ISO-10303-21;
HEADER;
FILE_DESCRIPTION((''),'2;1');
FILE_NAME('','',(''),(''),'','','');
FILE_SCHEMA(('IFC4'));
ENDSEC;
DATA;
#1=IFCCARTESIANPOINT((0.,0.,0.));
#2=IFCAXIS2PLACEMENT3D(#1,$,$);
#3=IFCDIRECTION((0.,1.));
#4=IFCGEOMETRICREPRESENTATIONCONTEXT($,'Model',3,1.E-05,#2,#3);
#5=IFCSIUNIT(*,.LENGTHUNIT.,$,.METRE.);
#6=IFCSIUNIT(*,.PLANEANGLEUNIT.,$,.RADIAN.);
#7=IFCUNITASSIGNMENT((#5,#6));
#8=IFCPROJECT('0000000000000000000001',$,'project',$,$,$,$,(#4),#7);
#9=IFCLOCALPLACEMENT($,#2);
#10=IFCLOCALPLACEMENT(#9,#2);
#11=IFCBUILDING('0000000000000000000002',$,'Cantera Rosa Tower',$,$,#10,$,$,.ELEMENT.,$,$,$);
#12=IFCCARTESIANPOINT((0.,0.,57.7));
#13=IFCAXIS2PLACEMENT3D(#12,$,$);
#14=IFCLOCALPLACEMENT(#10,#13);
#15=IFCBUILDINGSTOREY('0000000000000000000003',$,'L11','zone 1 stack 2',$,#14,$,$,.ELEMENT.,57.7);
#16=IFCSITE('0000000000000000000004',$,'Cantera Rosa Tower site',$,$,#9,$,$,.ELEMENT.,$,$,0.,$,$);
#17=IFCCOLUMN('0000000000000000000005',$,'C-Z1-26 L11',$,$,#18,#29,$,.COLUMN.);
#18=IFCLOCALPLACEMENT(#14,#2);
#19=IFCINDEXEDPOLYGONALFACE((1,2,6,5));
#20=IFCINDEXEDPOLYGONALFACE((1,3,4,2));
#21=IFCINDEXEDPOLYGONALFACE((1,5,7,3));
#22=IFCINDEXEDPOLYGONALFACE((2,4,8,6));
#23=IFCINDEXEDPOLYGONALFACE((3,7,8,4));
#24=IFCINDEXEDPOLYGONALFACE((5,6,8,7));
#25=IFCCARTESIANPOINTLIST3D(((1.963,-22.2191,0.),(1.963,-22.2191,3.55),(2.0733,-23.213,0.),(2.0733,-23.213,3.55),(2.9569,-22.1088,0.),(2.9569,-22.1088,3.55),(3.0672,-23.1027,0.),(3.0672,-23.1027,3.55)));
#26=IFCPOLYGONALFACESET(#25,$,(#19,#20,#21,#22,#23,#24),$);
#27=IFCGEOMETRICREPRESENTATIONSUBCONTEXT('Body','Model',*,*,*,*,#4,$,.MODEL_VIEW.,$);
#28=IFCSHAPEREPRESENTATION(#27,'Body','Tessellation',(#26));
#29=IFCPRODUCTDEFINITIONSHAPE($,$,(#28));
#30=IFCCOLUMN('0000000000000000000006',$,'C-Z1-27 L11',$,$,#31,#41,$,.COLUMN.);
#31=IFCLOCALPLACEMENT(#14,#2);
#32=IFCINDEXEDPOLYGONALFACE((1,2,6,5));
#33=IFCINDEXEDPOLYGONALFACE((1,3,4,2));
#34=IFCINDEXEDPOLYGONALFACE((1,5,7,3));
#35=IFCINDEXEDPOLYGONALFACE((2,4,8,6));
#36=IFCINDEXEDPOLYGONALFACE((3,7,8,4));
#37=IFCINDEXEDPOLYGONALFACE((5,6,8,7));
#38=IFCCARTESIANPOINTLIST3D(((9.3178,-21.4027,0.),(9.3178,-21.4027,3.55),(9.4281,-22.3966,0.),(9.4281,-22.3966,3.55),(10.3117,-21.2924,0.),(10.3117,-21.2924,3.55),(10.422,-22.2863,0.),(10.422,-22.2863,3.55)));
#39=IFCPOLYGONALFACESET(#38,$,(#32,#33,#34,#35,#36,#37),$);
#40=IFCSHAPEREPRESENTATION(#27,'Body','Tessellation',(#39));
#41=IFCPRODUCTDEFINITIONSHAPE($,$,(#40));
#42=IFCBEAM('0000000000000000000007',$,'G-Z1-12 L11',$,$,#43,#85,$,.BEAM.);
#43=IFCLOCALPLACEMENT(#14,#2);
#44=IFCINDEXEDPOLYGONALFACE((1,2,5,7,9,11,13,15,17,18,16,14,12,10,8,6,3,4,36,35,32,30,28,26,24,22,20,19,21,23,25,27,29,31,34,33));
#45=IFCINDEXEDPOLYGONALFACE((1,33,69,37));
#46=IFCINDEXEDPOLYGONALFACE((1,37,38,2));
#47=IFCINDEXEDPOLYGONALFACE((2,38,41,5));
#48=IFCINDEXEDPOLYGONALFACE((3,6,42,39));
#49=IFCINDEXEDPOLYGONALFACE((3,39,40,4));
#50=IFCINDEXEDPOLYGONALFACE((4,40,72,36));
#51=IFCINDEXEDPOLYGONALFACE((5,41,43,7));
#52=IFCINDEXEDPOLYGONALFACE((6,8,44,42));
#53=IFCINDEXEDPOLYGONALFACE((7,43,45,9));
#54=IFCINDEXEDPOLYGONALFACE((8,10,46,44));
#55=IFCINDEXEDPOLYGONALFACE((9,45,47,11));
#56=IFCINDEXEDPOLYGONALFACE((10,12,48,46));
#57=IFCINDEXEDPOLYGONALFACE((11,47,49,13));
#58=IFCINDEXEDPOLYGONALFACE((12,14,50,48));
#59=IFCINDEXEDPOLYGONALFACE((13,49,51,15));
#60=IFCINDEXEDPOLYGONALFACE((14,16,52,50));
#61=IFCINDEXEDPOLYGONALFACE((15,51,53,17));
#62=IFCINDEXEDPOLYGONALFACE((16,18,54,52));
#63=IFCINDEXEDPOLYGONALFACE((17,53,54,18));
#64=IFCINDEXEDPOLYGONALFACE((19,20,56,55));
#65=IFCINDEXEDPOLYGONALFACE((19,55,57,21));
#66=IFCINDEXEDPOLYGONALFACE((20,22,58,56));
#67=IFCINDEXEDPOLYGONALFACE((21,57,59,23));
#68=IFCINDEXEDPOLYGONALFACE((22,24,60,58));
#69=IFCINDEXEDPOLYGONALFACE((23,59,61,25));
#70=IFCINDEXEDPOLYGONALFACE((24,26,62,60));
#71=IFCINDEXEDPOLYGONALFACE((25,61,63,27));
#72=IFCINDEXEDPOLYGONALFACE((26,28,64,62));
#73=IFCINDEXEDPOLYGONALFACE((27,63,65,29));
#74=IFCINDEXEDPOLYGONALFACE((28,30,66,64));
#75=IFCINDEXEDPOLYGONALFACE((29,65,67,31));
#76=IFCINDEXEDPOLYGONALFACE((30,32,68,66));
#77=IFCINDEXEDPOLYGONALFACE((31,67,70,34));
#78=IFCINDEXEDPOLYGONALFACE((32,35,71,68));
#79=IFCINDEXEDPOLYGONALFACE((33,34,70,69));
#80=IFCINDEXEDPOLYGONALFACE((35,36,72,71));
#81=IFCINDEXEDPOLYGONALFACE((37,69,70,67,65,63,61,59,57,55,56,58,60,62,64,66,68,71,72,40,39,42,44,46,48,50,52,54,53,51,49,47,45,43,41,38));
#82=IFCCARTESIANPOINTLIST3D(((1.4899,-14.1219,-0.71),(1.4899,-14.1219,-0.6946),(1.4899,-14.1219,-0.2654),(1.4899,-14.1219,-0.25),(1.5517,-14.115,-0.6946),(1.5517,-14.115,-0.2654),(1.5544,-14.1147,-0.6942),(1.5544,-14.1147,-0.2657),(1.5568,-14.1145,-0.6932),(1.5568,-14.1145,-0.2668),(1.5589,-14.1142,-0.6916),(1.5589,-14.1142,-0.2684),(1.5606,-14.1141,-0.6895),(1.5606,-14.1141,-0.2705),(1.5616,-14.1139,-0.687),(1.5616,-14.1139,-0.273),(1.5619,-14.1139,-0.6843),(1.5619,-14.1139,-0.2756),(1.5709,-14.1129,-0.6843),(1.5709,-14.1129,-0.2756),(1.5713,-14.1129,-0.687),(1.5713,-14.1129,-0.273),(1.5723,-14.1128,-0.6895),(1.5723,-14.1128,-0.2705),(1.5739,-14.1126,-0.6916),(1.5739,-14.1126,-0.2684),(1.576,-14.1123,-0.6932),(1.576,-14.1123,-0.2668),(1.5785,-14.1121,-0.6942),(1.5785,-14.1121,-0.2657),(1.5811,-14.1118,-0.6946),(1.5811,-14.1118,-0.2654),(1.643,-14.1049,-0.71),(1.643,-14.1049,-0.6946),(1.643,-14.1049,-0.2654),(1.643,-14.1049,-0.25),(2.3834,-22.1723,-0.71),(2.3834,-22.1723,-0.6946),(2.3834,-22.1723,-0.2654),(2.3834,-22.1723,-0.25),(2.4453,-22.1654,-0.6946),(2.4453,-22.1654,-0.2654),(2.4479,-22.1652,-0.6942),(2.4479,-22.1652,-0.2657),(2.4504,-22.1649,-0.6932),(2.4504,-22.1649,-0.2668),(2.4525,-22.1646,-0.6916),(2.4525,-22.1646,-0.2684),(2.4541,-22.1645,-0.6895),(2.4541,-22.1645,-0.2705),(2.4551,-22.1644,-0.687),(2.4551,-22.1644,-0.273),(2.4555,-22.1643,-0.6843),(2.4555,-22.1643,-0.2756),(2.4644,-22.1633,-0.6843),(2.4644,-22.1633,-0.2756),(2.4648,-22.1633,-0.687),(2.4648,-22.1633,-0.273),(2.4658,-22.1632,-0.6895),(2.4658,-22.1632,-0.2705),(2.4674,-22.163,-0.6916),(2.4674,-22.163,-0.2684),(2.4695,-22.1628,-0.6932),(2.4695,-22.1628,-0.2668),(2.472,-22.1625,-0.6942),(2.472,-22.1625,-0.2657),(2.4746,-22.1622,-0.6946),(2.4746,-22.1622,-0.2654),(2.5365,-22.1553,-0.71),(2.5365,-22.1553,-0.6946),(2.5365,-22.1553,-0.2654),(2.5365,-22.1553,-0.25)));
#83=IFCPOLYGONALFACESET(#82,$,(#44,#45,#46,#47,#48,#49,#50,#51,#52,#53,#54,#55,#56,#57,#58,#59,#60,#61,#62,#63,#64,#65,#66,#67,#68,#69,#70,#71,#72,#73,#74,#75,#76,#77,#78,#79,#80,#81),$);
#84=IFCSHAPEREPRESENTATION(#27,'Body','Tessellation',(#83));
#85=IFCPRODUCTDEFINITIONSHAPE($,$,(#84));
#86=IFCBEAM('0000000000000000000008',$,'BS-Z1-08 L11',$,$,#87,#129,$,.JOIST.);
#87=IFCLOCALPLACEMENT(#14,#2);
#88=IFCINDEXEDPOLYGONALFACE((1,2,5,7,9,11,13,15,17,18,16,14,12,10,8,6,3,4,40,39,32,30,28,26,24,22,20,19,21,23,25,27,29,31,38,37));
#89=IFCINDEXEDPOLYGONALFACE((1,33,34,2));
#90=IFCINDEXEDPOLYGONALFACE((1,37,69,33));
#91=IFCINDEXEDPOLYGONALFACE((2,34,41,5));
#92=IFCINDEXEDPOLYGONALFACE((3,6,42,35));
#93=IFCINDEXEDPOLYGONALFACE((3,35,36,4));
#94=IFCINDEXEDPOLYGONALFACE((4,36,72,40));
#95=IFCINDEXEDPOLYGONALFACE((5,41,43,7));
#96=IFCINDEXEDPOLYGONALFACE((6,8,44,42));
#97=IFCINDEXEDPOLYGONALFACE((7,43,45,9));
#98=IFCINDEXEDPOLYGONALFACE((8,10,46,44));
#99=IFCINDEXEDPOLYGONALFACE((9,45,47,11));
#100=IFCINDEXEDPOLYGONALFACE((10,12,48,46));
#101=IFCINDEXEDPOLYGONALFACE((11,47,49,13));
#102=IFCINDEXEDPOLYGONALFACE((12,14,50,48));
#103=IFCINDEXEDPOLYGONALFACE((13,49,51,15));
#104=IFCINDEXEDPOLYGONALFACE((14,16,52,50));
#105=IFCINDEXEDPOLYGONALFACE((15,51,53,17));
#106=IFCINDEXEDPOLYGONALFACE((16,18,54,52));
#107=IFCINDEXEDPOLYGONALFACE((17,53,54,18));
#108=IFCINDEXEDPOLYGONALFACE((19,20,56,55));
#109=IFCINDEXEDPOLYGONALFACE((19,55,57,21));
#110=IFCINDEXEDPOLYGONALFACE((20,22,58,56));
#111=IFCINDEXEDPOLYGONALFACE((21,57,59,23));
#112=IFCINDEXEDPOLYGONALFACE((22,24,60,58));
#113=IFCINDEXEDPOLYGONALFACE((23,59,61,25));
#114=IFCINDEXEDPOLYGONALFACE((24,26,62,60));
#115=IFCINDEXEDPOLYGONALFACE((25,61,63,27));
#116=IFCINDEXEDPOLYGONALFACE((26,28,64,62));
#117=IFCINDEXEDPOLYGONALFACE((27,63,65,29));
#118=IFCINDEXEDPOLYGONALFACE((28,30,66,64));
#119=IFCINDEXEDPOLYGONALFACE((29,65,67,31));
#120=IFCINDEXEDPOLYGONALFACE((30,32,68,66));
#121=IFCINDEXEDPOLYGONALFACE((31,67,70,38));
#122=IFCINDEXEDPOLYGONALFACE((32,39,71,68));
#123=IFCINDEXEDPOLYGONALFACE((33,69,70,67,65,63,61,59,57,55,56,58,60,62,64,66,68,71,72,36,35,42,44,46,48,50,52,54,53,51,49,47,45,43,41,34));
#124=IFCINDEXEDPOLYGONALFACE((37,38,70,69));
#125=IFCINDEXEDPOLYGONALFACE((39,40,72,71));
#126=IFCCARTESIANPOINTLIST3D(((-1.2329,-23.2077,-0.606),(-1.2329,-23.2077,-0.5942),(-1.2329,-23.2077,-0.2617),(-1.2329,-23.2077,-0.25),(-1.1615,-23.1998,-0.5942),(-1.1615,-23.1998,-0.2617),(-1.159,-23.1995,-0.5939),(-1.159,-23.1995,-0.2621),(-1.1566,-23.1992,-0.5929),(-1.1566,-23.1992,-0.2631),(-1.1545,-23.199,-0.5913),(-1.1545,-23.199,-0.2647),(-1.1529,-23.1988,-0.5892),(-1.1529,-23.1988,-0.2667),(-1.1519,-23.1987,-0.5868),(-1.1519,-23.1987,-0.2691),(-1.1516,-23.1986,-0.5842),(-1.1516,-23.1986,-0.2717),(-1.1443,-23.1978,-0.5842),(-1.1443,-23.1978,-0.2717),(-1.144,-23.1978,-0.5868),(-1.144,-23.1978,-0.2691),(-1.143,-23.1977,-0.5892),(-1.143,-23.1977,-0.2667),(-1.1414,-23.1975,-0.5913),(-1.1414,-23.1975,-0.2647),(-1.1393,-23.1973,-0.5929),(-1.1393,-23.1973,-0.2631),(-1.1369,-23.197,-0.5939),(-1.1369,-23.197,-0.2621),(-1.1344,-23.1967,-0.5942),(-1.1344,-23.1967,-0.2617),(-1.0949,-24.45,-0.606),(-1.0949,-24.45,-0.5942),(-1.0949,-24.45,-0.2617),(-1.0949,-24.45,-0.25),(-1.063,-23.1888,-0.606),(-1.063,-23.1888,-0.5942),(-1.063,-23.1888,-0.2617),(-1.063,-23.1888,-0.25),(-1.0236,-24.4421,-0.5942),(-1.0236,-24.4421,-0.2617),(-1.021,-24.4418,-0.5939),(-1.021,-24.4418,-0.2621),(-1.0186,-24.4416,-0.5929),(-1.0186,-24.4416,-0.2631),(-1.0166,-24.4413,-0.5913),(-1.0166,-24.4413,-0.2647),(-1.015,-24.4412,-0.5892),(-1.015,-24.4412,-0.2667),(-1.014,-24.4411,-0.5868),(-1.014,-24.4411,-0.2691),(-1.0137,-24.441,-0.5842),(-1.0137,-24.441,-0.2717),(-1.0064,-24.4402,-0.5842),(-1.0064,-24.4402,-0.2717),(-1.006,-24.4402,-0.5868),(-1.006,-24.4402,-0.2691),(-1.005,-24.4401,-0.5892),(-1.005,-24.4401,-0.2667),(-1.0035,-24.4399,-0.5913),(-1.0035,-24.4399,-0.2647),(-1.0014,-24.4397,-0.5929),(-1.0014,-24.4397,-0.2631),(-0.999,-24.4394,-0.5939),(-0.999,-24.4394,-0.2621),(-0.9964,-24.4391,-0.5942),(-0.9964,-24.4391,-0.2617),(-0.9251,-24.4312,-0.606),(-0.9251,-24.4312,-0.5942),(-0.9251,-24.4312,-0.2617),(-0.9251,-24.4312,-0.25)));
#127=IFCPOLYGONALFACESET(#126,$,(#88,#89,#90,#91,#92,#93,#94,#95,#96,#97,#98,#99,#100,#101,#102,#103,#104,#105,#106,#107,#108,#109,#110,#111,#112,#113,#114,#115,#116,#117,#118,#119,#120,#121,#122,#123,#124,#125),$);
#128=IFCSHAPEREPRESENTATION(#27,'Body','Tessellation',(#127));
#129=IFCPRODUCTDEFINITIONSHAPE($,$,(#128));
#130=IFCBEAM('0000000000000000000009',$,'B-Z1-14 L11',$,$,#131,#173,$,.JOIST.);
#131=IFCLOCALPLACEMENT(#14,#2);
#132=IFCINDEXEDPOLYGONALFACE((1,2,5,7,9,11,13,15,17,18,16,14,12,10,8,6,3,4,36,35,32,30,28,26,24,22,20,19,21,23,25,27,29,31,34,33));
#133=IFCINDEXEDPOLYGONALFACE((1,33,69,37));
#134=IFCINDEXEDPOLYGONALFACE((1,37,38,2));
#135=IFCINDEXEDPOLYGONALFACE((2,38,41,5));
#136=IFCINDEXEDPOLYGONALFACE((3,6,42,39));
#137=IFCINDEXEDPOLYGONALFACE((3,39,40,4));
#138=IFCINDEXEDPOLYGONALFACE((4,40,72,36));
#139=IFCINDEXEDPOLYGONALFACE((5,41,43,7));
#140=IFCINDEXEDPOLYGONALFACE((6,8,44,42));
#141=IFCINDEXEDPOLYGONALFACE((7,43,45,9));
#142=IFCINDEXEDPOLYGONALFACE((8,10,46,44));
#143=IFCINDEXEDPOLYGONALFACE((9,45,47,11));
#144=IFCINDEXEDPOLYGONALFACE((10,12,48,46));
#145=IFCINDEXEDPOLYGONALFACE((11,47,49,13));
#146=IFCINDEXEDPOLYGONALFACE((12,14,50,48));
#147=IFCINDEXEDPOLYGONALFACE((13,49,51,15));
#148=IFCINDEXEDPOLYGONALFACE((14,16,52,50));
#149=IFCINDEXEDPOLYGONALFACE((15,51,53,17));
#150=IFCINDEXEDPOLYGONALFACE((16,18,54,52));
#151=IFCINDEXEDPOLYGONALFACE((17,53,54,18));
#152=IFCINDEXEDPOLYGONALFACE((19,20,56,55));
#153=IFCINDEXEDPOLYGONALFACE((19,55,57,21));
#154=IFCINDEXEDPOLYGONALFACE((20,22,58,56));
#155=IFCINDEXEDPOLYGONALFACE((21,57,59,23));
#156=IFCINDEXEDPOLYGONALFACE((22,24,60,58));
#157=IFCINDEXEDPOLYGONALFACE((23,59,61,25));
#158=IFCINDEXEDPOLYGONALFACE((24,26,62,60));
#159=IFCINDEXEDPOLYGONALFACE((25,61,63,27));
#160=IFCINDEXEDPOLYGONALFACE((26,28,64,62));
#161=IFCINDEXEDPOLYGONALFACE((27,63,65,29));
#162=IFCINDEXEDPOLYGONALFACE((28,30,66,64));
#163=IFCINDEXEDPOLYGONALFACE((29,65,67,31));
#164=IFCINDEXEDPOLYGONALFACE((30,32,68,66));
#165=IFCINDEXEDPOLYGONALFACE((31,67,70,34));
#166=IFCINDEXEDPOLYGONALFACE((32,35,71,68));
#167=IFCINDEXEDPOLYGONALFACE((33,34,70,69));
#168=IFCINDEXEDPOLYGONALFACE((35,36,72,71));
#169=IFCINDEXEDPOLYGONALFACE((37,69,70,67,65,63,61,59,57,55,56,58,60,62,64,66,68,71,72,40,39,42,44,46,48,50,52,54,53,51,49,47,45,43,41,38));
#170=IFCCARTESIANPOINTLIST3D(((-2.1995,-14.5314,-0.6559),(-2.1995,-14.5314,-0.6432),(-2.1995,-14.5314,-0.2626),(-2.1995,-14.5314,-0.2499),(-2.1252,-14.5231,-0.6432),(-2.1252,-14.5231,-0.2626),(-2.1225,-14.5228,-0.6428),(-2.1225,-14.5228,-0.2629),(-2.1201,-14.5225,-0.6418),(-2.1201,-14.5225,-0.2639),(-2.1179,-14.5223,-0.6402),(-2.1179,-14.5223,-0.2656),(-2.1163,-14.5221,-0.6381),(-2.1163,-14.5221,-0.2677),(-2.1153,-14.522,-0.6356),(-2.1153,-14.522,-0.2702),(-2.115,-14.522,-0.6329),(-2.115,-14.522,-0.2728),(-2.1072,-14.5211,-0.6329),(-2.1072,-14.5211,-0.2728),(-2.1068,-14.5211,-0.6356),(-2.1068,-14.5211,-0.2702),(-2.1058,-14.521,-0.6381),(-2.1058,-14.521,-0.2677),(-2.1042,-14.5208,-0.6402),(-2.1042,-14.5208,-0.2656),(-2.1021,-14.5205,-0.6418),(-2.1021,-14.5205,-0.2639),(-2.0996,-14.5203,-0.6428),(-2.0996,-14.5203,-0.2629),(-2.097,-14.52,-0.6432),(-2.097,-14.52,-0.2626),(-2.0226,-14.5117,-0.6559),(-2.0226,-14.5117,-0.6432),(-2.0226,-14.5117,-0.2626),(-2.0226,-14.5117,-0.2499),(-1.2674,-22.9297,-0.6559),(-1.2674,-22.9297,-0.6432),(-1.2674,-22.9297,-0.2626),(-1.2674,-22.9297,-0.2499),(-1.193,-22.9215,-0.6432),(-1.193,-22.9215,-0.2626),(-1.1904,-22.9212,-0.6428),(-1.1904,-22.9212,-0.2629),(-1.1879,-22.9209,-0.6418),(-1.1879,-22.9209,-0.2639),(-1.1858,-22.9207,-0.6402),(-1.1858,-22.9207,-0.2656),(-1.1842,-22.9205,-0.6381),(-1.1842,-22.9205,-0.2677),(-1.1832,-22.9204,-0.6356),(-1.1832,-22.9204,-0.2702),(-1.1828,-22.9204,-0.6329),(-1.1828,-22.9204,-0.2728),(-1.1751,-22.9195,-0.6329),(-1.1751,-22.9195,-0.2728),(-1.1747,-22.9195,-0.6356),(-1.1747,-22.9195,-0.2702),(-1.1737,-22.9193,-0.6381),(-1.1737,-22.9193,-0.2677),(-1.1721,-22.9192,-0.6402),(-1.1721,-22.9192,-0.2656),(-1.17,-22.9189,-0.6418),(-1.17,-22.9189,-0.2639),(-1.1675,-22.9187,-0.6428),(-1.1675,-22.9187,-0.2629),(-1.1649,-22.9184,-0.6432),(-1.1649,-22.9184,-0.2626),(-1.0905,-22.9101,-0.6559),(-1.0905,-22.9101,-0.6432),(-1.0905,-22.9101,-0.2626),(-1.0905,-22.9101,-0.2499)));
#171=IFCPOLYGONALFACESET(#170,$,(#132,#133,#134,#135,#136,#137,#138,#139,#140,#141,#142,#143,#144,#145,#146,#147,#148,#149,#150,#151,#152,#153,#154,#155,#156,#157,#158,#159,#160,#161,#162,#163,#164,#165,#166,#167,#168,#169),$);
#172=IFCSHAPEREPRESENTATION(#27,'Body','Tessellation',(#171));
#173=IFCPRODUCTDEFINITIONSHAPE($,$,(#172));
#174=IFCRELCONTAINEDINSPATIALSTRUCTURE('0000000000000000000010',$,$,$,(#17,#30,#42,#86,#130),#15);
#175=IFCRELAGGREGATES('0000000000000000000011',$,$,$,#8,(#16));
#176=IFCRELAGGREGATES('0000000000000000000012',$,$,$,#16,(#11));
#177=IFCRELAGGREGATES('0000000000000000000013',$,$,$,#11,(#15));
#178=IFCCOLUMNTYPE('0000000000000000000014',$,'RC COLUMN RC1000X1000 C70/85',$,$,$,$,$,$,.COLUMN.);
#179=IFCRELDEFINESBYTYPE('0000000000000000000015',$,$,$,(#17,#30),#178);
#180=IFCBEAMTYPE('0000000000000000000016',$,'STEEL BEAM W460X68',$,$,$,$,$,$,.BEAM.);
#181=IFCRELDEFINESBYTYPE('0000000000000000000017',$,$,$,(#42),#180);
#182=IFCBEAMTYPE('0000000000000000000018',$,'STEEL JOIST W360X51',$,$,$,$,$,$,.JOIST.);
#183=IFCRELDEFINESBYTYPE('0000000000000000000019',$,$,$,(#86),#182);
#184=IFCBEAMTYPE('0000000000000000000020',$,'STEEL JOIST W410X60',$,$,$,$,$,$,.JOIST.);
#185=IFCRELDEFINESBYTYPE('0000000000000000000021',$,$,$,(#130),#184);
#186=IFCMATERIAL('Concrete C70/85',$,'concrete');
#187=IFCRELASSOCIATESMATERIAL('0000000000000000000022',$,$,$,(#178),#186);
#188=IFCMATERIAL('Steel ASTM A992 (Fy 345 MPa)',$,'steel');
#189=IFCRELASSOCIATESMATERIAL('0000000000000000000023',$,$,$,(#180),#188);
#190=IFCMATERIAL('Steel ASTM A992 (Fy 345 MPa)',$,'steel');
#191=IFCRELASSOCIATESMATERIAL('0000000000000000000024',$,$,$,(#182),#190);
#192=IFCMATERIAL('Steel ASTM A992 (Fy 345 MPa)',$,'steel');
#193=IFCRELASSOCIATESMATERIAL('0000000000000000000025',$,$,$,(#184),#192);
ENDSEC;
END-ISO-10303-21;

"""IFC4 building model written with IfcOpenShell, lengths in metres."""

from ifc_helpers import new_model, si_unit, direction, frame, origin, origin_2d, place, context, subcontext, project, spatial, rectangle, i_section, extrude, material, material_profile, profile_set, type_object, element, save


model = new_model("IFC4")

# Units and contexts
model_context = context("Model", 3, precision=1e-05, world=origin(), true_north=direction((0.0, 1.0)))
body_context = subcontext(model_context, "Body", "Model", "MODEL_VIEW")
ifc_project = project(units=[si_unit("LENGTHUNIT", "METRE"), si_unit("PLANEANGLEUNIT", "RADIAN")], contexts=[model_context])

# Site, building, storey
site_placement = place(None, origin())
site = spatial("IfcSite", under=ifc_project, at=site_placement, Name="Cantera Rosa Tower site", CompositionType="ELEMENT", RefElevation=0.0)
building_placement = place(site_placement, origin())
building = spatial("IfcBuilding", under=site, at=building_placement, Name="Cantera Rosa Tower", CompositionType="ELEMENT")
storey_placement = place(building_placement, frame((0.0, 0.0, 57.7)))
storey = spatial("IfcBuildingStorey", under=building, at=storey_placement, Name="L11", Description="zone 1 stack 2", CompositionType="ELEMENT", Elevation=57.7)

# Columns
ifc_material_1 = material(Name="Concrete C70/85", Category="concrete")
ifc_material_profile_1 = material_profile(ifc_material_1, rectangle(XDim=1.0, YDim=1.0, at=origin_2d()), Name="RC COLUMN RC1000X1000 C70/85")
ifc_profile_set_1 = profile_set([ifc_material_profile_1], Name="Concrete C70/85")
column_type = type_object("IfcColumnType", Name="RC COLUMN RC1000X1000 C70/85", PredefinedType="COLUMN", material=ifc_profile_set_1)
for number, where, z_axis, x_axis, name in (
    (1, (2.5151, -22.6609, 0.0), (0.0, 0.0, 1.0), (0.993897, 0.110313, 0.0), "C-Z1-26 L11"),
    (2, (9.8699, -21.8445, 0.0), (0.0, 0.0, 1.0), (0.993897, 0.110313, 0.0), "C-Z1-27 L11"),
):
    element("IfcColumn", number, at=place(storey_placement, frame(where, z_axis=z_axis, x_axis=x_axis)), inside=storey, type_object=column_type, Name=name, PredefinedType="COLUMN", context=body_context, shape_type="SweptSolid", body=[
        extrude(rectangle(XDim=1.0, YDim=1.0, at=origin_2d()), origin(), (0.0, 0.0, 1.0), 3.55),
    ])

# Beams
ifc_material_2 = material(Name="Steel ASTM A992 (Fy 345 MPa)", Category="steel")
ifc_material_profile_2 = material_profile(ifc_material_2, i_section(OverallWidth=0.1541, OverallDepth=0.46, WebThickness=0.009, FlangeThickness=0.0154, FilletRadius=0.0103, at=origin_2d()), Name="W460X68")
ifc_profile_set_2 = profile_set([ifc_material_profile_2], Name="Steel ASTM A992 (Fy 345 MPa)")
beam_type_1 = type_object("IfcBeamType", Name="STEEL BEAM W460X68", PredefinedType="BEAM", material=ifc_profile_set_2)
beam_1_placement = place(storey_placement, frame((2.46, -22.1638, -0.48), z_axis=(-0.110316, 0.993897, 0.0), x_axis=(-0.993897, -0.110316, 0.0)))
element("IfcBeam", 3, at=beam_1_placement, inside=storey, type_object=beam_type_1, Name="G-Z1-12 L11", PredefinedType="BEAM", context=body_context, shape_type="SweptSolid", body=[
    extrude(i_section(OverallWidth=0.1541, OverallDepth=0.46, WebThickness=0.009, FlangeThickness=0.0154, FilletRadius=0.0103, at=origin_2d()), origin(), (0.0, 0.0, 1.0), 8.0999),
])
ifc_material_3 = material(Name="Steel ASTM A992 (Fy 345 MPa)", Category="steel")
ifc_material_profile_3 = material_profile(ifc_material_3, i_section(OverallWidth=0.1709, OverallDepth=0.356, WebThickness=0.0073, FlangeThickness=0.0117, FilletRadius=0.01, at=origin_2d()), Name="W360X51")
ifc_profile_set_3 = profile_set([ifc_material_profile_3], Name="Steel ASTM A992 (Fy 345 MPa)")
beam_type_2 = type_object("IfcBeamType", Name="STEEL JOIST W360X51", PredefinedType="JOIST", material=ifc_profile_set_3)
beam_2_placement = place(storey_placement, frame((-1.1479, -23.1982, -0.428), z_axis=(0.110346, -0.993893, 0.0), x_axis=(0.993893, 0.110346, 0.0)))
element("IfcBeam", 4, at=beam_2_placement, inside=storey, type_object=beam_type_2, Name="BS-Z1-08 L11", PredefinedType="JOIST", context=body_context, shape_type="SweptSolid", body=[
    extrude(i_section(OverallWidth=0.1709, OverallDepth=0.356, WebThickness=0.0073, FlangeThickness=0.0117, FilletRadius=0.01, at=origin_2d()), origin(), (0.0, 0.0, 1.0), 1.25),
])
ifc_material_4 = material(Name="Steel ASTM A992 (Fy 345 MPa)", Category="steel")
ifc_material_profile_4 = material_profile(ifc_material_4, i_section(OverallWidth=0.178, OverallDepth=0.406, WebThickness=0.0078, FlangeThickness=0.0127, FilletRadius=0.0103, at=origin_2d()), Name="W410X60")
ifc_profile_set_4 = profile_set([ifc_material_profile_4], Name="Steel ASTM A992 (Fy 345 MPa)")
beam_type_3 = type_object("IfcBeamType", Name="STEEL JOIST W410X60", PredefinedType="JOIST", material=ifc_profile_set_4)
for number, where, z_axis, x_axis, name in (
    (5, (-1.179, -22.9199, -0.4529), (-0.110311, 0.993897, 0.0), (-0.993897, -0.110311, 0.0), "B-Z1-14 L11"),
):
    element("IfcBeam", number, at=place(storey_placement, frame(where, z_axis=z_axis, x_axis=x_axis)), inside=storey, type_object=beam_type_3, Name=name, PredefinedType="JOIST", context=body_context, shape_type="SweptSolid", body=[
        extrude(i_section(OverallWidth=0.178, OverallDepth=0.406, WebThickness=0.0078, FlangeThickness=0.0127, FilletRadius=0.0103, at=origin_2d()), origin(), (0.0, 0.0, 1.0), 8.45),
    ])

save(model, "model.ifc")
